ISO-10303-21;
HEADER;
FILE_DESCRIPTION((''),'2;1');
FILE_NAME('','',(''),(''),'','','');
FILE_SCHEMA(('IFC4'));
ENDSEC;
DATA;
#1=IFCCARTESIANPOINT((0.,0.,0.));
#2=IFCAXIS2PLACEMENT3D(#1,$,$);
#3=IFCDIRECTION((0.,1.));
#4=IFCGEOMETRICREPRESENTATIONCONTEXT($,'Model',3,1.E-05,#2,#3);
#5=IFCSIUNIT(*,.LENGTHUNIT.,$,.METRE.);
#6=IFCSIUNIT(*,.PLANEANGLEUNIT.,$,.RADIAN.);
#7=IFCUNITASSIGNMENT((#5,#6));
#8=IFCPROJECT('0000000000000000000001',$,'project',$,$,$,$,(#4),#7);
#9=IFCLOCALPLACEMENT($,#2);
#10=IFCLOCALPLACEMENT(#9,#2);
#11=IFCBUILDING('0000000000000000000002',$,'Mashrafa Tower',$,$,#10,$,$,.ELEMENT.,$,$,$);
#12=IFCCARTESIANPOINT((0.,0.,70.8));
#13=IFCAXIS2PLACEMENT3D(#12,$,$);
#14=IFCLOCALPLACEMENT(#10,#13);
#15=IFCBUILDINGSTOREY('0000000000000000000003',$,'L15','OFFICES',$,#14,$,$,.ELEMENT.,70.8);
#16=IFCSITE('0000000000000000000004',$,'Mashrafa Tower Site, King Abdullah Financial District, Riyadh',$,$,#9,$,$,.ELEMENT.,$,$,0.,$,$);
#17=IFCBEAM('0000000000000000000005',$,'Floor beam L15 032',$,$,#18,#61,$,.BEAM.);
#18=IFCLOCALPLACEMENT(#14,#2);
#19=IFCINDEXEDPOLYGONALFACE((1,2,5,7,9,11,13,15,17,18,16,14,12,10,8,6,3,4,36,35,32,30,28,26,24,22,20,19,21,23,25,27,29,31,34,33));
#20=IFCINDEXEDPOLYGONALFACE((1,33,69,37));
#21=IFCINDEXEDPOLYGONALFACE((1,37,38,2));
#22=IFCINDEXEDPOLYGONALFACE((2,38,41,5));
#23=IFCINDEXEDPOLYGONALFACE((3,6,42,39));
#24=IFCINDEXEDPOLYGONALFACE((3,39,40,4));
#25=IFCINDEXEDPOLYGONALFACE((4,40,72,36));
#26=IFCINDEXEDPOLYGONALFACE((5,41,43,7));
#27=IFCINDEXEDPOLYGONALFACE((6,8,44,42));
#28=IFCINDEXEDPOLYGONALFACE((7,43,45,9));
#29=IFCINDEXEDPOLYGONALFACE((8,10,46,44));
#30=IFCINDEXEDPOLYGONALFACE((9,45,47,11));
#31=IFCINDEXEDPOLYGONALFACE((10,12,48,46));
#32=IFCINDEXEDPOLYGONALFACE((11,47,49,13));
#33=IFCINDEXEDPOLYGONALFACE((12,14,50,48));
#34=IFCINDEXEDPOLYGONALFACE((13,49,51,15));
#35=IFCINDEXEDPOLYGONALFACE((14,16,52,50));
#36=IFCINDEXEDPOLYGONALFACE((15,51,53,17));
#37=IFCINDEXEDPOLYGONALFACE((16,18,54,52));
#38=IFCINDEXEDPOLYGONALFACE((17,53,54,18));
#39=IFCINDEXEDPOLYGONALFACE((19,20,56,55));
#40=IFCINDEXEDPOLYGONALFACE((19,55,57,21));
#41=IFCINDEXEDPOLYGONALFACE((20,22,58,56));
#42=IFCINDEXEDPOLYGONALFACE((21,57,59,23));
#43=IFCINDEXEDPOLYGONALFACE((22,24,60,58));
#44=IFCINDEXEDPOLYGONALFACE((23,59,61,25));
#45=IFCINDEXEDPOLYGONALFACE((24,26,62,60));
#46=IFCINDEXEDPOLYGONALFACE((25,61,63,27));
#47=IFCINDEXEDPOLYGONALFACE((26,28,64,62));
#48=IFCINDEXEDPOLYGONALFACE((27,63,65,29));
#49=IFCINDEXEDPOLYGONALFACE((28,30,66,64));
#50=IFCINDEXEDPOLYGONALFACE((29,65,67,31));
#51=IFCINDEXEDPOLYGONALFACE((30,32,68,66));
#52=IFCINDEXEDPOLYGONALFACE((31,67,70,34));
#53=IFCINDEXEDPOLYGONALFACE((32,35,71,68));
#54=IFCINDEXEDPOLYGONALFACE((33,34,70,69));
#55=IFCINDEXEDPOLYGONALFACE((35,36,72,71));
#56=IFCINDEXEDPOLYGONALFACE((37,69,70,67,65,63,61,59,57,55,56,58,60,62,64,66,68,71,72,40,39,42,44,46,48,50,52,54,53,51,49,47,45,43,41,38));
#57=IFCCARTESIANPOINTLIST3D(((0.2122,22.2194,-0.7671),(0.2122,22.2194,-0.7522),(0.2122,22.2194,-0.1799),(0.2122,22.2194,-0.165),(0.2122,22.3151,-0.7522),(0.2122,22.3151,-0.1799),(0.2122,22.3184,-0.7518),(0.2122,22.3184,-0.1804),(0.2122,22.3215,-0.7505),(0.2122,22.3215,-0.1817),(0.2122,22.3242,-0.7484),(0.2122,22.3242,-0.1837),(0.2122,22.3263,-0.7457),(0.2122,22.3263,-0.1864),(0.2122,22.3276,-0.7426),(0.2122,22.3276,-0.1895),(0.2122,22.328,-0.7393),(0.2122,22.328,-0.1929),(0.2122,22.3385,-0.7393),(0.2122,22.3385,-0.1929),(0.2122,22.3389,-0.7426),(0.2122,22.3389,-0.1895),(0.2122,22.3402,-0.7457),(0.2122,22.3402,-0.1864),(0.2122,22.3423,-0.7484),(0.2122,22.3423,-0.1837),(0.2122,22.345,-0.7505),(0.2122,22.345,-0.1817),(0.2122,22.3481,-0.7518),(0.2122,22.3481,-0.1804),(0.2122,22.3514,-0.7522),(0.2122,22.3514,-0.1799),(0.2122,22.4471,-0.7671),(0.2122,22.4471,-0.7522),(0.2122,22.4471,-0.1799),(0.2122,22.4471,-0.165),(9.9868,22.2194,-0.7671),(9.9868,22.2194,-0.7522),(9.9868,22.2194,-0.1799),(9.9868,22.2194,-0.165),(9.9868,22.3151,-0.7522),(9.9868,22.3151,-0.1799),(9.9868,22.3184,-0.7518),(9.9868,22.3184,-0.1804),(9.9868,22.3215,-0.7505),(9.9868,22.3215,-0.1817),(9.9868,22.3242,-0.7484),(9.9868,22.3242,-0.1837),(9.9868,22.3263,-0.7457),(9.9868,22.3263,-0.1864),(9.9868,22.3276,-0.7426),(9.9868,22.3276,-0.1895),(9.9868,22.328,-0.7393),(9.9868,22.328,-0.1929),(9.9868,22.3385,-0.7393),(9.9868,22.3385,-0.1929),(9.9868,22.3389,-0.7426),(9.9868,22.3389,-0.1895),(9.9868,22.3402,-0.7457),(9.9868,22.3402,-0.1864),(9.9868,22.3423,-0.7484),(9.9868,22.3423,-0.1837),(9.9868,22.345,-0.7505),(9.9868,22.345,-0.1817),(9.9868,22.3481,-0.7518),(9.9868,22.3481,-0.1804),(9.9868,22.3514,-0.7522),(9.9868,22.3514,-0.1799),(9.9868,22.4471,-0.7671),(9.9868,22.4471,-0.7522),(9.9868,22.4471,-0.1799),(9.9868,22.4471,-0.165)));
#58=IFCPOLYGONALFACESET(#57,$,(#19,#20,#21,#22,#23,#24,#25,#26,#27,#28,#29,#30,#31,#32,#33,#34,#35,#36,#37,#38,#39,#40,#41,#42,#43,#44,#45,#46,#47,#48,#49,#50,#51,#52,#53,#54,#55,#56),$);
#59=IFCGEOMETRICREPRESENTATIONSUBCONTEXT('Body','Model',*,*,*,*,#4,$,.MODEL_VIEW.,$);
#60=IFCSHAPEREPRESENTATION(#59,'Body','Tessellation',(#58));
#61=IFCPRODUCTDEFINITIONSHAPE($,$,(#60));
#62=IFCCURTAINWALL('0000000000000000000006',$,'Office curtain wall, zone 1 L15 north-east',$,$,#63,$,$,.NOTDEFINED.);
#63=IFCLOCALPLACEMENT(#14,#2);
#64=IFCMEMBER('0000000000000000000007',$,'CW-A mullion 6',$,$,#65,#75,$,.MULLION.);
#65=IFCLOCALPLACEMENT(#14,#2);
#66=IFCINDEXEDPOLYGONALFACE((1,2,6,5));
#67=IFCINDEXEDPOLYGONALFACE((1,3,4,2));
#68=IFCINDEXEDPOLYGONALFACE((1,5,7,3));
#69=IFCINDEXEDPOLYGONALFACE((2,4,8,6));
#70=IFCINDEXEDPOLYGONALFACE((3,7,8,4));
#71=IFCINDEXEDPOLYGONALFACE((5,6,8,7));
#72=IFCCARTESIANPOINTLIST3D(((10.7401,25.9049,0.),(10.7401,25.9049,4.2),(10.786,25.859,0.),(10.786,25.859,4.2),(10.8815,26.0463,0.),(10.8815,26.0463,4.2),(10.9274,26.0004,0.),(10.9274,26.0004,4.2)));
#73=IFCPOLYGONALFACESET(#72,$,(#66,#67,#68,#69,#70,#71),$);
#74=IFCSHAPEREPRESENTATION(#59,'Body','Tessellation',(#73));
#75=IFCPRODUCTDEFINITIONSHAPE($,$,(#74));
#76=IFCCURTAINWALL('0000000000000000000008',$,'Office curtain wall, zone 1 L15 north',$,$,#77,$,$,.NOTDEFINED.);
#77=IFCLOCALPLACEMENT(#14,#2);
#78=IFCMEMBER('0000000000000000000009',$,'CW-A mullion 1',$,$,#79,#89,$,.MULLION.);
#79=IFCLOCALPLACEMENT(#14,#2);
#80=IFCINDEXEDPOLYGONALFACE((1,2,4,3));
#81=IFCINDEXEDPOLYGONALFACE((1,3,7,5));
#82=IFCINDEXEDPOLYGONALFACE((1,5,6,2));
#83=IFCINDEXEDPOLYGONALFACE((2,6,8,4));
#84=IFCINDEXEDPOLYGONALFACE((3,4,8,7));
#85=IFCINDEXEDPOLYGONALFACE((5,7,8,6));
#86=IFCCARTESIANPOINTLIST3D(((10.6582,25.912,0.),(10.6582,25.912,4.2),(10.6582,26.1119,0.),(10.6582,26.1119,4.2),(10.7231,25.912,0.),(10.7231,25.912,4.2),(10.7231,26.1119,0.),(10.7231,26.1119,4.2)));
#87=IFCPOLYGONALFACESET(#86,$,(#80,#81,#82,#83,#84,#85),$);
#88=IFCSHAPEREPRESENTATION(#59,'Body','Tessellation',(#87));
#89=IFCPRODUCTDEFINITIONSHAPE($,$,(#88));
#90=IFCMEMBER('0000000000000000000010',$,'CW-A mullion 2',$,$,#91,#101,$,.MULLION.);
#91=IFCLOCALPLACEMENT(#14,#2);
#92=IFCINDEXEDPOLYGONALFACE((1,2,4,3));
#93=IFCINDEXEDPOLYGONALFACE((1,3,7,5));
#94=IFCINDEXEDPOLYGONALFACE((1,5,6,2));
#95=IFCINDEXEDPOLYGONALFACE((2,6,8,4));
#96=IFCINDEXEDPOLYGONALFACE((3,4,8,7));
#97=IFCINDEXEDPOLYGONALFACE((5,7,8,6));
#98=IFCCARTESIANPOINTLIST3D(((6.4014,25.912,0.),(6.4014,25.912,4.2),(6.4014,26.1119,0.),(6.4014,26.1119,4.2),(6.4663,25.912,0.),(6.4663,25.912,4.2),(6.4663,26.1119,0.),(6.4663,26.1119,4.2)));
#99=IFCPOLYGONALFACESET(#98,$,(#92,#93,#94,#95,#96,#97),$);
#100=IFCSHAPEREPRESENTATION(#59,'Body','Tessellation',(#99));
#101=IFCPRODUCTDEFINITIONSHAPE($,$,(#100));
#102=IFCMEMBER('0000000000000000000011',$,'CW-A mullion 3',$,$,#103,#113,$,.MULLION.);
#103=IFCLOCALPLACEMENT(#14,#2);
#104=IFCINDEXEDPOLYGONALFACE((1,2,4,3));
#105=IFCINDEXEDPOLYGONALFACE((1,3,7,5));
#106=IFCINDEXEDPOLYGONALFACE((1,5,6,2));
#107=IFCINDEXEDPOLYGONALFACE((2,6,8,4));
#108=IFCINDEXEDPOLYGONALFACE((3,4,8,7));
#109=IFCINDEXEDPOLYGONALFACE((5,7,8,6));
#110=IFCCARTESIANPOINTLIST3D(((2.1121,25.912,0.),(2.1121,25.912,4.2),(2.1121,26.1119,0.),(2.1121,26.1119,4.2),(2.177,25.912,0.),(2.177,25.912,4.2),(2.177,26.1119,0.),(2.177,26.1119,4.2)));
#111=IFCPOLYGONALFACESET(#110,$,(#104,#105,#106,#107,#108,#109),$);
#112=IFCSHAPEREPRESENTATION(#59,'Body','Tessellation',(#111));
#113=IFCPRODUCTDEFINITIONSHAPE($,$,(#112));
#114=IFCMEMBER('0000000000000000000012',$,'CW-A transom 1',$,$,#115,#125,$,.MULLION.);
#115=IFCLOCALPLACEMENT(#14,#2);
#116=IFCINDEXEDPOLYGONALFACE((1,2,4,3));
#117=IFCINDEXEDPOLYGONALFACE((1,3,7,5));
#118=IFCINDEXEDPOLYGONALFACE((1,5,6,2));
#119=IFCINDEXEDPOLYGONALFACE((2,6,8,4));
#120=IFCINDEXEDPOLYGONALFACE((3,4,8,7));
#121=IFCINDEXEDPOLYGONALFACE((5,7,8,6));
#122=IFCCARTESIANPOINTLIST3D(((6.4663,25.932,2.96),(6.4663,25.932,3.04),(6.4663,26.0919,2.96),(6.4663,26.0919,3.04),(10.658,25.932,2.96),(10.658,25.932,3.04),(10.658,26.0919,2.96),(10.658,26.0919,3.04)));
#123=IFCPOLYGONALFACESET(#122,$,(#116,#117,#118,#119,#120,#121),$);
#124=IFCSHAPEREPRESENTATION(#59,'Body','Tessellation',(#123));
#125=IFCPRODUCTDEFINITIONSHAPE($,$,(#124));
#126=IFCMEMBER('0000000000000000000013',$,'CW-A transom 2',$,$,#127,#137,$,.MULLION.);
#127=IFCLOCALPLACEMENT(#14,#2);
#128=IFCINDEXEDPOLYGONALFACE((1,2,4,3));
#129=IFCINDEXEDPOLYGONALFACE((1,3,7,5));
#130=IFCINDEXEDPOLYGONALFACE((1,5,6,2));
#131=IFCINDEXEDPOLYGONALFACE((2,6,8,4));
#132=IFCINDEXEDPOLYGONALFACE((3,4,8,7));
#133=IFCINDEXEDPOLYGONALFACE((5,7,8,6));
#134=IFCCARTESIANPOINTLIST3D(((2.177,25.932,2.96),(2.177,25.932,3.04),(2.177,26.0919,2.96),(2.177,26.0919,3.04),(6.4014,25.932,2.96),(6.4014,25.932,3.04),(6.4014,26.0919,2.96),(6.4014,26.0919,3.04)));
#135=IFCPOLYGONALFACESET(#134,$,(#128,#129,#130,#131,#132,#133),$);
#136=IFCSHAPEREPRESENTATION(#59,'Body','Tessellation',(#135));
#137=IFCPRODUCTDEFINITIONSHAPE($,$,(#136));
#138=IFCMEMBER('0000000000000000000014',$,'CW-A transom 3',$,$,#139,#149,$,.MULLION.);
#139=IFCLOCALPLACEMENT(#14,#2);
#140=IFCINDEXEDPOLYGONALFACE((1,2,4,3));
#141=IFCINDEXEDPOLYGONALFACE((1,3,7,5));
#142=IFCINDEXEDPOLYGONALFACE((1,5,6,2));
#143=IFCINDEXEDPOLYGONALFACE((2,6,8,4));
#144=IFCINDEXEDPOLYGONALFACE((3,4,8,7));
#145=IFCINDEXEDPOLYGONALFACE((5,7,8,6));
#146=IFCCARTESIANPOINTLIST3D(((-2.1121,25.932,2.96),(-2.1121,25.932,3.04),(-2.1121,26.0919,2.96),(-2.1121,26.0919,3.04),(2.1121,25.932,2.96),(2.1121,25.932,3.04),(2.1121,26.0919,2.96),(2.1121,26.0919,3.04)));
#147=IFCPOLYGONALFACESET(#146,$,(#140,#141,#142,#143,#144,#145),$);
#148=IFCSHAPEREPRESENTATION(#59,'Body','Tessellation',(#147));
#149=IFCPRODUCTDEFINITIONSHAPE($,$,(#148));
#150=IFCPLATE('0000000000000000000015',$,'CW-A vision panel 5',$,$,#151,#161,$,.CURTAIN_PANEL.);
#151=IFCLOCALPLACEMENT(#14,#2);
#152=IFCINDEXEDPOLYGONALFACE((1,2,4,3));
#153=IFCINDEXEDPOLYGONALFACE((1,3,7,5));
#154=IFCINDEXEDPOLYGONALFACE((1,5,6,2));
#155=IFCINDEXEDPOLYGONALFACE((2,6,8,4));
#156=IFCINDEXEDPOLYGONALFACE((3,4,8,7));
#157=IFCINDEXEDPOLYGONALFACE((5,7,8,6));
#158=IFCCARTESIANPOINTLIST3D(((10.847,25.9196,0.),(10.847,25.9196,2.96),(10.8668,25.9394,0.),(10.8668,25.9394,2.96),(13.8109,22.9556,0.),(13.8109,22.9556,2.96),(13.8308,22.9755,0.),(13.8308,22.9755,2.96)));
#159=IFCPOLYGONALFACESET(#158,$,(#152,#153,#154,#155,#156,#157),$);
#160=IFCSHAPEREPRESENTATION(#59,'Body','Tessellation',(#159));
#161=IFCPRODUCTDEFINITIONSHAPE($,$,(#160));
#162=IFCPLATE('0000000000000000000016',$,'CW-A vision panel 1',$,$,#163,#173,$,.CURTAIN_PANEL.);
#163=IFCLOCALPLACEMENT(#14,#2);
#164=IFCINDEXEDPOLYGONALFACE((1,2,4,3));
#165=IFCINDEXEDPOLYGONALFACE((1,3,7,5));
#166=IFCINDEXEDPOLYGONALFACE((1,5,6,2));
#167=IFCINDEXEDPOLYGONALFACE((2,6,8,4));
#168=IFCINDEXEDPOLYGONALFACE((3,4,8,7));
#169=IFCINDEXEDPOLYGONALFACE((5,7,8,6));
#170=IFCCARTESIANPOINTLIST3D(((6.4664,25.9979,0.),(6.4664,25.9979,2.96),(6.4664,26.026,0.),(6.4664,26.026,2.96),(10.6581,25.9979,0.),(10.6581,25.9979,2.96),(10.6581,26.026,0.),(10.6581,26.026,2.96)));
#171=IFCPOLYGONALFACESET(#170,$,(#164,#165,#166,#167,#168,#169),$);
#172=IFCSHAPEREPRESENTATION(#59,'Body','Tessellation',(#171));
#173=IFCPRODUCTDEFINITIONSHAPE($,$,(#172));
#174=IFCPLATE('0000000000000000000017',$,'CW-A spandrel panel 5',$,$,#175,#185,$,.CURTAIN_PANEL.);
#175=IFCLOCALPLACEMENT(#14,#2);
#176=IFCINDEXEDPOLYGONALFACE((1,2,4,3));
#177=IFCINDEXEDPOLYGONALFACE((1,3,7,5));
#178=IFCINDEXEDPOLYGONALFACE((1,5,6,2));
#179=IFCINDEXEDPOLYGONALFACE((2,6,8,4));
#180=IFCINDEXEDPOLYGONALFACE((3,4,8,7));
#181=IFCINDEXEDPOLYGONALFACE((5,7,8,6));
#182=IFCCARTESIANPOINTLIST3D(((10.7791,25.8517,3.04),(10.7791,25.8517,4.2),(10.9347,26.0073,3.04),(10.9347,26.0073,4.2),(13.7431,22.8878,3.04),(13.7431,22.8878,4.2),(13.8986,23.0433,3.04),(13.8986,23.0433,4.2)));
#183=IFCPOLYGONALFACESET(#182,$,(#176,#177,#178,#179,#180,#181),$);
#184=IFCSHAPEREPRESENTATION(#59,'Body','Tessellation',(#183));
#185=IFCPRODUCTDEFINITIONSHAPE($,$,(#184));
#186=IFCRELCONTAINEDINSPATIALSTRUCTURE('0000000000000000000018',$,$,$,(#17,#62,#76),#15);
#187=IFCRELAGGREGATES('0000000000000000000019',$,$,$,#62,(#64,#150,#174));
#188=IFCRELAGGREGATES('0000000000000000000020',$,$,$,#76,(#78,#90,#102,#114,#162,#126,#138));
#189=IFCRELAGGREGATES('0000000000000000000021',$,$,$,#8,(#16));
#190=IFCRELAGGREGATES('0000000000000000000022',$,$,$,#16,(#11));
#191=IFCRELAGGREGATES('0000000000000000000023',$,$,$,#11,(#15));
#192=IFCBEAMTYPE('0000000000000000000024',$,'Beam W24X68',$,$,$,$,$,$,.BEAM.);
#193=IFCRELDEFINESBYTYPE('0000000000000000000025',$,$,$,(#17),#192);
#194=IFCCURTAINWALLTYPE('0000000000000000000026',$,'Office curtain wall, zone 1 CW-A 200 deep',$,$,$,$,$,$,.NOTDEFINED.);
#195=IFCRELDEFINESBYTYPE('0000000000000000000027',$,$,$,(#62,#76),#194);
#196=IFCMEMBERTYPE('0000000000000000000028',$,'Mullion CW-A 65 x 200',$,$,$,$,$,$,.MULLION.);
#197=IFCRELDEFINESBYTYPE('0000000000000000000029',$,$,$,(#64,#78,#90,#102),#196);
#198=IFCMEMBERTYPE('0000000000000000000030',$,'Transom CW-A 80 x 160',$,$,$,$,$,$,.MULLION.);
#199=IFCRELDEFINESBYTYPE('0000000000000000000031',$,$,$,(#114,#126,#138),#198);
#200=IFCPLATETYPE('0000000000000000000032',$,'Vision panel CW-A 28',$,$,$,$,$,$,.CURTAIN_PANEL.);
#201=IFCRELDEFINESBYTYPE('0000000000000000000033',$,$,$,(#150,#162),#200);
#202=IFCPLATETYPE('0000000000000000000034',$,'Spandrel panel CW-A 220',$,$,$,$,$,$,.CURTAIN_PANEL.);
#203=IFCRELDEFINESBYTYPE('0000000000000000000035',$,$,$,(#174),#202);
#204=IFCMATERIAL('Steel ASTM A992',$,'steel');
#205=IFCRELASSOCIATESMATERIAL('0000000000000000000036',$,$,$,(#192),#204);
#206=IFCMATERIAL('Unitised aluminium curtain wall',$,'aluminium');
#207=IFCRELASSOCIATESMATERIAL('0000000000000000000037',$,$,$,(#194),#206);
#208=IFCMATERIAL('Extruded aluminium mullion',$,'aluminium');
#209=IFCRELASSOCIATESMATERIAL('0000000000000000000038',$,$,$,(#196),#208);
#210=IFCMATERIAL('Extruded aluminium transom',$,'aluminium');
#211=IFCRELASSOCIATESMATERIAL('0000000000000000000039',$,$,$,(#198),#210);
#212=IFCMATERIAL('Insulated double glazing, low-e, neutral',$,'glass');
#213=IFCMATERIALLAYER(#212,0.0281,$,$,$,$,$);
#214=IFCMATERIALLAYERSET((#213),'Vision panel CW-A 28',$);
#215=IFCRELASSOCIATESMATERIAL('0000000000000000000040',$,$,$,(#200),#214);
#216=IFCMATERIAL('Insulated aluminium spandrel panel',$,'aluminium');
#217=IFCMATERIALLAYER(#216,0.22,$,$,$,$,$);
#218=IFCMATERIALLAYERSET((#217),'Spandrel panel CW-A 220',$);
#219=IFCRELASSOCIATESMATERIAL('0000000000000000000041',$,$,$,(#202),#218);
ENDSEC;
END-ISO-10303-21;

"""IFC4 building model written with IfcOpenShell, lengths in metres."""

from ifc_helpers import new_model, si_unit, direction, frame, origin, origin_2d, place, context, subcontext, project, spatial, rectangle, i_section, extrude, source, transform, mapped, material, layer, layer_set, material_profile, profile_set, type_object, type_shapes, element, aggregate, save


model = new_model("IFC4")

# Units and contexts
model_context = context("Model", 3, precision=1e-05, world=origin(), true_north=direction((0.0, 1.0)))
body_context = subcontext(model_context, "Body", "Model", "MODEL_VIEW")
ifc_project = project(units=[si_unit("LENGTHUNIT", "METRE"), si_unit("PLANEANGLEUNIT", "RADIAN")], contexts=[model_context])

# Site, building, storey
site_placement = place(None, origin())
site = spatial("IfcSite", under=ifc_project, at=site_placement, Name="Mashrafa Tower Site, King Abdullah Financial District, Riyadh", CompositionType="ELEMENT", RefElevation=0.0)
building_placement = place(site_placement, origin())
building = spatial("IfcBuilding", under=site, at=building_placement, Name="Mashrafa Tower", CompositionType="ELEMENT")
storey_placement = place(building_placement, frame((0.0, 0.0, 70.8)))
storey = spatial("IfcBuildingStorey", under=building, at=storey_placement, Name="L15", Description="OFFICES", CompositionType="ELEMENT", Elevation=70.8)

# Beam
ifc_material_1 = material(Name="Steel ASTM A992", Category="steel")
ifc_material_profile_1 = material_profile(ifc_material_1, i_section(OverallWidth=0.2278, OverallDepth=0.6021, WebThickness=0.0105, FlangeThickness=0.0149, FilletRadius=0.0129, at=origin_2d()), Name="W24X68")
ifc_profile_set_1 = profile_set([ifc_material_profile_1], Name="Steel ASTM A992")
beam_type_1 = type_object("IfcBeamType", Name="Beam W24X68", PredefinedType="BEAM", material=ifc_profile_set_1)
beam_1_placement = place(storey_placement, frame((0.2122, 22.3333, -0.4661), z_axis=(1.0, 0.0, 0.0), x_axis=(0.0, 1.0, 0.0)))
element("IfcBeam", 1, at=beam_1_placement, inside=storey, type_object=beam_type_1, Name="Floor beam L15 032", PredefinedType="BEAM", context=body_context, shape_type="SweptSolid", body=[
    extrude(i_section(OverallWidth=0.2278, OverallDepth=0.6021, WebThickness=0.0105, FlangeThickness=0.0149, FilletRadius=0.0129, at=origin_2d()), origin(), (0.0, 0.0, 1.0), 9.7747),
])

# Curtain wall, member
ifc_material_2 = material(Name="Unitised aluminium curtain wall", Category="aluminium")
curtain_wall_type = type_object("IfcCurtainWallType", Name="Office curtain wall, zone 1 CW-A 200 deep", PredefinedType="NOTDEFINED", material=ifc_material_2)
curtain_wall_1_placement = place(storey_placement, origin())
curtain_wall_1 = element("IfcCurtainWall", 2, at=curtain_wall_1_placement, inside=storey, type_object=curtain_wall_type, Name="Office curtain wall, zone 1 L15 north-east", PredefinedType="NOTDEFINED")
ifc_material_3 = material(Name="Extruded aluminium mullion", Category="aluminium")
ifc_material_profile_2 = material_profile(ifc_material_3, rectangle(XDim=0.2, YDim=0.0649, at=origin_2d()), Name="Mullion 65x200")
ifc_profile_set_2 = profile_set([ifc_material_profile_2], Name="Extruded aluminium mullion")
member_type_1 = type_object("IfcMemberType", Name="Mullion CW-A 65 x 200", PredefinedType="MULLION", material=ifc_profile_set_2)
shared_shape_1 = source(origin(), body_context, "Body", "SweptSolid", [
    extrude(rectangle(XDim=0.2, YDim=0.0649, at=origin_2d()), origin(), (0.0, 0.0, 1.0), 4.2),
])
type_shapes(member_type_1, [shared_shape_1])
member_1_placement = place(storey_placement, frame((10.8337, 25.9526, 0.0), z_axis=(0.0, 0.0, 1.0), x_axis=(-0.707107, -0.707107, 0.0)))
member_1 = element("IfcMember", 3, at=member_1_placement, type_object=member_type_1, Name="CW-A mullion 6", PredefinedType="MULLION", context=body_context, shape_type="MappedRepresentation", body=[
    mapped(shared_shape_1, transform((0.0, 0.0, 0.0))),
])

# Curtain wall, members
curtain_wall_2_placement = place(storey_placement, origin())
curtain_wall_2 = element("IfcCurtainWall", 4, at=curtain_wall_2_placement, inside=storey, type_object=curtain_wall_type, Name="Office curtain wall, zone 1 L15 north", PredefinedType="NOTDEFINED")
member_2_placement = place(storey_placement, frame((10.6907, 26.012, 0.0), z_axis=(0.0, 0.0, 1.0), x_axis=(0.0, -1.0, 0.0)))
member_2 = element("IfcMember", 5, at=member_2_placement, type_object=member_type_1, Name="CW-A mullion 1", PredefinedType="MULLION", context=body_context, shape_type="MappedRepresentation", body=[
    mapped(shared_shape_1, transform((0.0, 0.0, 0.0))),
])
member_3_placement = place(storey_placement, frame((6.4338, 26.012, 0.0), z_axis=(0.0, 0.0, 1.0), x_axis=(0.0, -1.0, 0.0)))
member_3 = element("IfcMember", 6, at=member_3_placement, type_object=member_type_1, Name="CW-A mullion 2", PredefinedType="MULLION", context=body_context, shape_type="MappedRepresentation", body=[
    mapped(shared_shape_1, transform((0.0, 0.0, 0.0))),
])
member_4_placement = place(storey_placement, frame((2.1445, 26.012, 0.0), z_axis=(0.0, 0.0, 1.0), x_axis=(0.0, -1.0, 0.0)))
member_4 = element("IfcMember", 7, at=member_4_placement, type_object=member_type_1, Name="CW-A mullion 3", PredefinedType="MULLION", context=body_context, shape_type="MappedRepresentation", body=[
    mapped(shared_shape_1, transform((0.0, 0.0, 0.0))),
])
ifc_material_4 = material(Name="Extruded aluminium transom", Category="aluminium")
ifc_material_profile_3 = material_profile(ifc_material_4, rectangle(XDim=0.1599, YDim=0.0801, at=origin_2d()), Name="Transom 80x160")
ifc_profile_set_3 = profile_set([ifc_material_profile_3], Name="Extruded aluminium transom")
member_type_2 = type_object("IfcMemberType", Name="Transom CW-A 80 x 160", PredefinedType="MULLION", material=ifc_profile_set_3)
shared_shape_2 = source(origin(), body_context, "Body", "SweptSolid", [
    extrude(rectangle(XDim=0.1599, YDim=0.0801, at=origin_2d()), origin(), (0.0, 0.0, 1.0), 4.1917),
])
member_5_placement = place(storey_placement, frame((10.658, 26.012, 3.0), z_axis=(-1.0, 0.0, 0.0), x_axis=(0.0, -1.0, 0.0)))
member_5 = element("IfcMember", 8, at=member_5_placement, type_object=member_type_2, Name="CW-A transom 1", PredefinedType="MULLION", context=body_context, shape_type="MappedRepresentation", body=[
    mapped(shared_shape_2, transform((0.0, 0.0, 0.0))),
])
shared_shape_3 = source(origin(), body_context, "Body", "SweptSolid", [
    extrude(rectangle(XDim=0.1599, YDim=0.0801, at=origin_2d()), origin(), (0.0, 0.0, 1.0), 4.2244),
])
member_6_placement = place(storey_placement, frame((6.4014, 26.012, 3.0), z_axis=(-1.0, 0.0, 0.0), x_axis=(0.0, -1.0, 0.0)))
member_6 = element("IfcMember", 9, at=member_6_placement, type_object=member_type_2, Name="CW-A transom 2", PredefinedType="MULLION", context=body_context, shape_type="MappedRepresentation", body=[
    mapped(shared_shape_3, transform((0.0, 0.0, 0.0))),
])
shared_shape_4 = source(origin(), body_context, "Body", "SweptSolid", [
    extrude(rectangle(XDim=0.1599, YDim=0.0801, at=origin_2d()), origin(), (0.0, 0.0, 1.0), 4.2241),
])
type_shapes(member_type_2, [shared_shape_2, shared_shape_3, shared_shape_4])
member_7_placement = place(storey_placement, frame((2.1121, 26.012, 3.0), z_axis=(-1.0, 0.0, 0.0), x_axis=(0.0, -1.0, 0.0)))
member_7 = element("IfcMember", 10, at=member_7_placement, type_object=member_type_2, Name="CW-A transom 3", PredefinedType="MULLION", context=body_context, shape_type="MappedRepresentation", body=[
    mapped(shared_shape_4, transform((0.0, 0.0, 0.0))),
])

# Plates
ifc_material_5 = material(Name="Insulated double glazing, low-e, neutral", Category="glass")
ifc_layer_1 = layer(ifc_material_5, 0.0281)
ifc_layer_set_1 = layer_set([ifc_layer_1], Name="Vision panel CW-A 28")
plate_type_1 = type_object("IfcPlateType", Name="Vision panel CW-A 28", PredefinedType="CURTAIN_PANEL", material=ifc_layer_set_1)
shared_shape_5 = source(origin(), body_context, "Body", "SweptSolid", [
    extrude(rectangle(XDim=4.1917, YDim=0.0281, at=origin_2d()), origin(), (0.0, 0.0, 1.0), 2.96),
])
plate_1_placement = place(storey_placement, frame((12.3389, 24.4475, 0.0), z_axis=(0.0, 0.0, 1.0), x_axis=(-0.707107, 0.707107, 0.0)))
plate_1 = element("IfcPlate", 11, at=plate_1_placement, type_object=plate_type_1, Name="CW-A vision panel 5", PredefinedType="CURTAIN_PANEL", context=body_context, shape_type="MappedRepresentation", body=[
    mapped(shared_shape_5, transform((0.0, 0.0, 0.0))),
])
plate_2_placement = place(storey_placement, frame((8.5623, 26.012, 0.0), z_axis=(0.0, 0.0, 1.0), x_axis=(-1.0, 0.0, 0.0)))
plate_2 = element("IfcPlate", 12, at=plate_2_placement, type_object=plate_type_1, Name="CW-A vision panel 1", PredefinedType="CURTAIN_PANEL", context=body_context, shape_type="MappedRepresentation", body=[
    mapped(shared_shape_5, transform((0.0, 0.0, 0.0))),
])
ifc_material_6 = material(Name="Insulated aluminium spandrel panel", Category="aluminium")
ifc_layer_2 = layer(ifc_material_6, 0.22)
ifc_layer_set_2 = layer_set([ifc_layer_2], Name="Spandrel panel CW-A 220")
plate_type_2 = type_object("IfcPlateType", Name="Spandrel panel CW-A 220", PredefinedType="CURTAIN_PANEL", material=ifc_layer_set_2)
shared_shape_6 = source(origin(), body_context, "Body", "SweptSolid", [
    extrude(rectangle(XDim=4.1917, YDim=0.22, at=origin_2d()), origin(), (0.0, 0.0, 1.0), 1.1599),
])
plate_3_placement = place(storey_placement, frame((12.3389, 24.4475, 3.04), z_axis=(0.0, 0.0, 1.0), x_axis=(-0.707107, 0.707107, 0.0)))
plate_3 = element("IfcPlate", 13, at=plate_3_placement, type_object=plate_type_2, Name="CW-A spandrel panel 5", PredefinedType="CURTAIN_PANEL", context=body_context, shape_type="MappedRepresentation", body=[
    mapped(shared_shape_6, transform((0.0, 0.0, 0.0))),
])
aggregate(curtain_wall_1, [member_1, plate_1, plate_3])
aggregate(curtain_wall_2, [member_2, member_3, member_4, member_5, plate_2, member_6, member_7])

save(model, "model.ifc")
